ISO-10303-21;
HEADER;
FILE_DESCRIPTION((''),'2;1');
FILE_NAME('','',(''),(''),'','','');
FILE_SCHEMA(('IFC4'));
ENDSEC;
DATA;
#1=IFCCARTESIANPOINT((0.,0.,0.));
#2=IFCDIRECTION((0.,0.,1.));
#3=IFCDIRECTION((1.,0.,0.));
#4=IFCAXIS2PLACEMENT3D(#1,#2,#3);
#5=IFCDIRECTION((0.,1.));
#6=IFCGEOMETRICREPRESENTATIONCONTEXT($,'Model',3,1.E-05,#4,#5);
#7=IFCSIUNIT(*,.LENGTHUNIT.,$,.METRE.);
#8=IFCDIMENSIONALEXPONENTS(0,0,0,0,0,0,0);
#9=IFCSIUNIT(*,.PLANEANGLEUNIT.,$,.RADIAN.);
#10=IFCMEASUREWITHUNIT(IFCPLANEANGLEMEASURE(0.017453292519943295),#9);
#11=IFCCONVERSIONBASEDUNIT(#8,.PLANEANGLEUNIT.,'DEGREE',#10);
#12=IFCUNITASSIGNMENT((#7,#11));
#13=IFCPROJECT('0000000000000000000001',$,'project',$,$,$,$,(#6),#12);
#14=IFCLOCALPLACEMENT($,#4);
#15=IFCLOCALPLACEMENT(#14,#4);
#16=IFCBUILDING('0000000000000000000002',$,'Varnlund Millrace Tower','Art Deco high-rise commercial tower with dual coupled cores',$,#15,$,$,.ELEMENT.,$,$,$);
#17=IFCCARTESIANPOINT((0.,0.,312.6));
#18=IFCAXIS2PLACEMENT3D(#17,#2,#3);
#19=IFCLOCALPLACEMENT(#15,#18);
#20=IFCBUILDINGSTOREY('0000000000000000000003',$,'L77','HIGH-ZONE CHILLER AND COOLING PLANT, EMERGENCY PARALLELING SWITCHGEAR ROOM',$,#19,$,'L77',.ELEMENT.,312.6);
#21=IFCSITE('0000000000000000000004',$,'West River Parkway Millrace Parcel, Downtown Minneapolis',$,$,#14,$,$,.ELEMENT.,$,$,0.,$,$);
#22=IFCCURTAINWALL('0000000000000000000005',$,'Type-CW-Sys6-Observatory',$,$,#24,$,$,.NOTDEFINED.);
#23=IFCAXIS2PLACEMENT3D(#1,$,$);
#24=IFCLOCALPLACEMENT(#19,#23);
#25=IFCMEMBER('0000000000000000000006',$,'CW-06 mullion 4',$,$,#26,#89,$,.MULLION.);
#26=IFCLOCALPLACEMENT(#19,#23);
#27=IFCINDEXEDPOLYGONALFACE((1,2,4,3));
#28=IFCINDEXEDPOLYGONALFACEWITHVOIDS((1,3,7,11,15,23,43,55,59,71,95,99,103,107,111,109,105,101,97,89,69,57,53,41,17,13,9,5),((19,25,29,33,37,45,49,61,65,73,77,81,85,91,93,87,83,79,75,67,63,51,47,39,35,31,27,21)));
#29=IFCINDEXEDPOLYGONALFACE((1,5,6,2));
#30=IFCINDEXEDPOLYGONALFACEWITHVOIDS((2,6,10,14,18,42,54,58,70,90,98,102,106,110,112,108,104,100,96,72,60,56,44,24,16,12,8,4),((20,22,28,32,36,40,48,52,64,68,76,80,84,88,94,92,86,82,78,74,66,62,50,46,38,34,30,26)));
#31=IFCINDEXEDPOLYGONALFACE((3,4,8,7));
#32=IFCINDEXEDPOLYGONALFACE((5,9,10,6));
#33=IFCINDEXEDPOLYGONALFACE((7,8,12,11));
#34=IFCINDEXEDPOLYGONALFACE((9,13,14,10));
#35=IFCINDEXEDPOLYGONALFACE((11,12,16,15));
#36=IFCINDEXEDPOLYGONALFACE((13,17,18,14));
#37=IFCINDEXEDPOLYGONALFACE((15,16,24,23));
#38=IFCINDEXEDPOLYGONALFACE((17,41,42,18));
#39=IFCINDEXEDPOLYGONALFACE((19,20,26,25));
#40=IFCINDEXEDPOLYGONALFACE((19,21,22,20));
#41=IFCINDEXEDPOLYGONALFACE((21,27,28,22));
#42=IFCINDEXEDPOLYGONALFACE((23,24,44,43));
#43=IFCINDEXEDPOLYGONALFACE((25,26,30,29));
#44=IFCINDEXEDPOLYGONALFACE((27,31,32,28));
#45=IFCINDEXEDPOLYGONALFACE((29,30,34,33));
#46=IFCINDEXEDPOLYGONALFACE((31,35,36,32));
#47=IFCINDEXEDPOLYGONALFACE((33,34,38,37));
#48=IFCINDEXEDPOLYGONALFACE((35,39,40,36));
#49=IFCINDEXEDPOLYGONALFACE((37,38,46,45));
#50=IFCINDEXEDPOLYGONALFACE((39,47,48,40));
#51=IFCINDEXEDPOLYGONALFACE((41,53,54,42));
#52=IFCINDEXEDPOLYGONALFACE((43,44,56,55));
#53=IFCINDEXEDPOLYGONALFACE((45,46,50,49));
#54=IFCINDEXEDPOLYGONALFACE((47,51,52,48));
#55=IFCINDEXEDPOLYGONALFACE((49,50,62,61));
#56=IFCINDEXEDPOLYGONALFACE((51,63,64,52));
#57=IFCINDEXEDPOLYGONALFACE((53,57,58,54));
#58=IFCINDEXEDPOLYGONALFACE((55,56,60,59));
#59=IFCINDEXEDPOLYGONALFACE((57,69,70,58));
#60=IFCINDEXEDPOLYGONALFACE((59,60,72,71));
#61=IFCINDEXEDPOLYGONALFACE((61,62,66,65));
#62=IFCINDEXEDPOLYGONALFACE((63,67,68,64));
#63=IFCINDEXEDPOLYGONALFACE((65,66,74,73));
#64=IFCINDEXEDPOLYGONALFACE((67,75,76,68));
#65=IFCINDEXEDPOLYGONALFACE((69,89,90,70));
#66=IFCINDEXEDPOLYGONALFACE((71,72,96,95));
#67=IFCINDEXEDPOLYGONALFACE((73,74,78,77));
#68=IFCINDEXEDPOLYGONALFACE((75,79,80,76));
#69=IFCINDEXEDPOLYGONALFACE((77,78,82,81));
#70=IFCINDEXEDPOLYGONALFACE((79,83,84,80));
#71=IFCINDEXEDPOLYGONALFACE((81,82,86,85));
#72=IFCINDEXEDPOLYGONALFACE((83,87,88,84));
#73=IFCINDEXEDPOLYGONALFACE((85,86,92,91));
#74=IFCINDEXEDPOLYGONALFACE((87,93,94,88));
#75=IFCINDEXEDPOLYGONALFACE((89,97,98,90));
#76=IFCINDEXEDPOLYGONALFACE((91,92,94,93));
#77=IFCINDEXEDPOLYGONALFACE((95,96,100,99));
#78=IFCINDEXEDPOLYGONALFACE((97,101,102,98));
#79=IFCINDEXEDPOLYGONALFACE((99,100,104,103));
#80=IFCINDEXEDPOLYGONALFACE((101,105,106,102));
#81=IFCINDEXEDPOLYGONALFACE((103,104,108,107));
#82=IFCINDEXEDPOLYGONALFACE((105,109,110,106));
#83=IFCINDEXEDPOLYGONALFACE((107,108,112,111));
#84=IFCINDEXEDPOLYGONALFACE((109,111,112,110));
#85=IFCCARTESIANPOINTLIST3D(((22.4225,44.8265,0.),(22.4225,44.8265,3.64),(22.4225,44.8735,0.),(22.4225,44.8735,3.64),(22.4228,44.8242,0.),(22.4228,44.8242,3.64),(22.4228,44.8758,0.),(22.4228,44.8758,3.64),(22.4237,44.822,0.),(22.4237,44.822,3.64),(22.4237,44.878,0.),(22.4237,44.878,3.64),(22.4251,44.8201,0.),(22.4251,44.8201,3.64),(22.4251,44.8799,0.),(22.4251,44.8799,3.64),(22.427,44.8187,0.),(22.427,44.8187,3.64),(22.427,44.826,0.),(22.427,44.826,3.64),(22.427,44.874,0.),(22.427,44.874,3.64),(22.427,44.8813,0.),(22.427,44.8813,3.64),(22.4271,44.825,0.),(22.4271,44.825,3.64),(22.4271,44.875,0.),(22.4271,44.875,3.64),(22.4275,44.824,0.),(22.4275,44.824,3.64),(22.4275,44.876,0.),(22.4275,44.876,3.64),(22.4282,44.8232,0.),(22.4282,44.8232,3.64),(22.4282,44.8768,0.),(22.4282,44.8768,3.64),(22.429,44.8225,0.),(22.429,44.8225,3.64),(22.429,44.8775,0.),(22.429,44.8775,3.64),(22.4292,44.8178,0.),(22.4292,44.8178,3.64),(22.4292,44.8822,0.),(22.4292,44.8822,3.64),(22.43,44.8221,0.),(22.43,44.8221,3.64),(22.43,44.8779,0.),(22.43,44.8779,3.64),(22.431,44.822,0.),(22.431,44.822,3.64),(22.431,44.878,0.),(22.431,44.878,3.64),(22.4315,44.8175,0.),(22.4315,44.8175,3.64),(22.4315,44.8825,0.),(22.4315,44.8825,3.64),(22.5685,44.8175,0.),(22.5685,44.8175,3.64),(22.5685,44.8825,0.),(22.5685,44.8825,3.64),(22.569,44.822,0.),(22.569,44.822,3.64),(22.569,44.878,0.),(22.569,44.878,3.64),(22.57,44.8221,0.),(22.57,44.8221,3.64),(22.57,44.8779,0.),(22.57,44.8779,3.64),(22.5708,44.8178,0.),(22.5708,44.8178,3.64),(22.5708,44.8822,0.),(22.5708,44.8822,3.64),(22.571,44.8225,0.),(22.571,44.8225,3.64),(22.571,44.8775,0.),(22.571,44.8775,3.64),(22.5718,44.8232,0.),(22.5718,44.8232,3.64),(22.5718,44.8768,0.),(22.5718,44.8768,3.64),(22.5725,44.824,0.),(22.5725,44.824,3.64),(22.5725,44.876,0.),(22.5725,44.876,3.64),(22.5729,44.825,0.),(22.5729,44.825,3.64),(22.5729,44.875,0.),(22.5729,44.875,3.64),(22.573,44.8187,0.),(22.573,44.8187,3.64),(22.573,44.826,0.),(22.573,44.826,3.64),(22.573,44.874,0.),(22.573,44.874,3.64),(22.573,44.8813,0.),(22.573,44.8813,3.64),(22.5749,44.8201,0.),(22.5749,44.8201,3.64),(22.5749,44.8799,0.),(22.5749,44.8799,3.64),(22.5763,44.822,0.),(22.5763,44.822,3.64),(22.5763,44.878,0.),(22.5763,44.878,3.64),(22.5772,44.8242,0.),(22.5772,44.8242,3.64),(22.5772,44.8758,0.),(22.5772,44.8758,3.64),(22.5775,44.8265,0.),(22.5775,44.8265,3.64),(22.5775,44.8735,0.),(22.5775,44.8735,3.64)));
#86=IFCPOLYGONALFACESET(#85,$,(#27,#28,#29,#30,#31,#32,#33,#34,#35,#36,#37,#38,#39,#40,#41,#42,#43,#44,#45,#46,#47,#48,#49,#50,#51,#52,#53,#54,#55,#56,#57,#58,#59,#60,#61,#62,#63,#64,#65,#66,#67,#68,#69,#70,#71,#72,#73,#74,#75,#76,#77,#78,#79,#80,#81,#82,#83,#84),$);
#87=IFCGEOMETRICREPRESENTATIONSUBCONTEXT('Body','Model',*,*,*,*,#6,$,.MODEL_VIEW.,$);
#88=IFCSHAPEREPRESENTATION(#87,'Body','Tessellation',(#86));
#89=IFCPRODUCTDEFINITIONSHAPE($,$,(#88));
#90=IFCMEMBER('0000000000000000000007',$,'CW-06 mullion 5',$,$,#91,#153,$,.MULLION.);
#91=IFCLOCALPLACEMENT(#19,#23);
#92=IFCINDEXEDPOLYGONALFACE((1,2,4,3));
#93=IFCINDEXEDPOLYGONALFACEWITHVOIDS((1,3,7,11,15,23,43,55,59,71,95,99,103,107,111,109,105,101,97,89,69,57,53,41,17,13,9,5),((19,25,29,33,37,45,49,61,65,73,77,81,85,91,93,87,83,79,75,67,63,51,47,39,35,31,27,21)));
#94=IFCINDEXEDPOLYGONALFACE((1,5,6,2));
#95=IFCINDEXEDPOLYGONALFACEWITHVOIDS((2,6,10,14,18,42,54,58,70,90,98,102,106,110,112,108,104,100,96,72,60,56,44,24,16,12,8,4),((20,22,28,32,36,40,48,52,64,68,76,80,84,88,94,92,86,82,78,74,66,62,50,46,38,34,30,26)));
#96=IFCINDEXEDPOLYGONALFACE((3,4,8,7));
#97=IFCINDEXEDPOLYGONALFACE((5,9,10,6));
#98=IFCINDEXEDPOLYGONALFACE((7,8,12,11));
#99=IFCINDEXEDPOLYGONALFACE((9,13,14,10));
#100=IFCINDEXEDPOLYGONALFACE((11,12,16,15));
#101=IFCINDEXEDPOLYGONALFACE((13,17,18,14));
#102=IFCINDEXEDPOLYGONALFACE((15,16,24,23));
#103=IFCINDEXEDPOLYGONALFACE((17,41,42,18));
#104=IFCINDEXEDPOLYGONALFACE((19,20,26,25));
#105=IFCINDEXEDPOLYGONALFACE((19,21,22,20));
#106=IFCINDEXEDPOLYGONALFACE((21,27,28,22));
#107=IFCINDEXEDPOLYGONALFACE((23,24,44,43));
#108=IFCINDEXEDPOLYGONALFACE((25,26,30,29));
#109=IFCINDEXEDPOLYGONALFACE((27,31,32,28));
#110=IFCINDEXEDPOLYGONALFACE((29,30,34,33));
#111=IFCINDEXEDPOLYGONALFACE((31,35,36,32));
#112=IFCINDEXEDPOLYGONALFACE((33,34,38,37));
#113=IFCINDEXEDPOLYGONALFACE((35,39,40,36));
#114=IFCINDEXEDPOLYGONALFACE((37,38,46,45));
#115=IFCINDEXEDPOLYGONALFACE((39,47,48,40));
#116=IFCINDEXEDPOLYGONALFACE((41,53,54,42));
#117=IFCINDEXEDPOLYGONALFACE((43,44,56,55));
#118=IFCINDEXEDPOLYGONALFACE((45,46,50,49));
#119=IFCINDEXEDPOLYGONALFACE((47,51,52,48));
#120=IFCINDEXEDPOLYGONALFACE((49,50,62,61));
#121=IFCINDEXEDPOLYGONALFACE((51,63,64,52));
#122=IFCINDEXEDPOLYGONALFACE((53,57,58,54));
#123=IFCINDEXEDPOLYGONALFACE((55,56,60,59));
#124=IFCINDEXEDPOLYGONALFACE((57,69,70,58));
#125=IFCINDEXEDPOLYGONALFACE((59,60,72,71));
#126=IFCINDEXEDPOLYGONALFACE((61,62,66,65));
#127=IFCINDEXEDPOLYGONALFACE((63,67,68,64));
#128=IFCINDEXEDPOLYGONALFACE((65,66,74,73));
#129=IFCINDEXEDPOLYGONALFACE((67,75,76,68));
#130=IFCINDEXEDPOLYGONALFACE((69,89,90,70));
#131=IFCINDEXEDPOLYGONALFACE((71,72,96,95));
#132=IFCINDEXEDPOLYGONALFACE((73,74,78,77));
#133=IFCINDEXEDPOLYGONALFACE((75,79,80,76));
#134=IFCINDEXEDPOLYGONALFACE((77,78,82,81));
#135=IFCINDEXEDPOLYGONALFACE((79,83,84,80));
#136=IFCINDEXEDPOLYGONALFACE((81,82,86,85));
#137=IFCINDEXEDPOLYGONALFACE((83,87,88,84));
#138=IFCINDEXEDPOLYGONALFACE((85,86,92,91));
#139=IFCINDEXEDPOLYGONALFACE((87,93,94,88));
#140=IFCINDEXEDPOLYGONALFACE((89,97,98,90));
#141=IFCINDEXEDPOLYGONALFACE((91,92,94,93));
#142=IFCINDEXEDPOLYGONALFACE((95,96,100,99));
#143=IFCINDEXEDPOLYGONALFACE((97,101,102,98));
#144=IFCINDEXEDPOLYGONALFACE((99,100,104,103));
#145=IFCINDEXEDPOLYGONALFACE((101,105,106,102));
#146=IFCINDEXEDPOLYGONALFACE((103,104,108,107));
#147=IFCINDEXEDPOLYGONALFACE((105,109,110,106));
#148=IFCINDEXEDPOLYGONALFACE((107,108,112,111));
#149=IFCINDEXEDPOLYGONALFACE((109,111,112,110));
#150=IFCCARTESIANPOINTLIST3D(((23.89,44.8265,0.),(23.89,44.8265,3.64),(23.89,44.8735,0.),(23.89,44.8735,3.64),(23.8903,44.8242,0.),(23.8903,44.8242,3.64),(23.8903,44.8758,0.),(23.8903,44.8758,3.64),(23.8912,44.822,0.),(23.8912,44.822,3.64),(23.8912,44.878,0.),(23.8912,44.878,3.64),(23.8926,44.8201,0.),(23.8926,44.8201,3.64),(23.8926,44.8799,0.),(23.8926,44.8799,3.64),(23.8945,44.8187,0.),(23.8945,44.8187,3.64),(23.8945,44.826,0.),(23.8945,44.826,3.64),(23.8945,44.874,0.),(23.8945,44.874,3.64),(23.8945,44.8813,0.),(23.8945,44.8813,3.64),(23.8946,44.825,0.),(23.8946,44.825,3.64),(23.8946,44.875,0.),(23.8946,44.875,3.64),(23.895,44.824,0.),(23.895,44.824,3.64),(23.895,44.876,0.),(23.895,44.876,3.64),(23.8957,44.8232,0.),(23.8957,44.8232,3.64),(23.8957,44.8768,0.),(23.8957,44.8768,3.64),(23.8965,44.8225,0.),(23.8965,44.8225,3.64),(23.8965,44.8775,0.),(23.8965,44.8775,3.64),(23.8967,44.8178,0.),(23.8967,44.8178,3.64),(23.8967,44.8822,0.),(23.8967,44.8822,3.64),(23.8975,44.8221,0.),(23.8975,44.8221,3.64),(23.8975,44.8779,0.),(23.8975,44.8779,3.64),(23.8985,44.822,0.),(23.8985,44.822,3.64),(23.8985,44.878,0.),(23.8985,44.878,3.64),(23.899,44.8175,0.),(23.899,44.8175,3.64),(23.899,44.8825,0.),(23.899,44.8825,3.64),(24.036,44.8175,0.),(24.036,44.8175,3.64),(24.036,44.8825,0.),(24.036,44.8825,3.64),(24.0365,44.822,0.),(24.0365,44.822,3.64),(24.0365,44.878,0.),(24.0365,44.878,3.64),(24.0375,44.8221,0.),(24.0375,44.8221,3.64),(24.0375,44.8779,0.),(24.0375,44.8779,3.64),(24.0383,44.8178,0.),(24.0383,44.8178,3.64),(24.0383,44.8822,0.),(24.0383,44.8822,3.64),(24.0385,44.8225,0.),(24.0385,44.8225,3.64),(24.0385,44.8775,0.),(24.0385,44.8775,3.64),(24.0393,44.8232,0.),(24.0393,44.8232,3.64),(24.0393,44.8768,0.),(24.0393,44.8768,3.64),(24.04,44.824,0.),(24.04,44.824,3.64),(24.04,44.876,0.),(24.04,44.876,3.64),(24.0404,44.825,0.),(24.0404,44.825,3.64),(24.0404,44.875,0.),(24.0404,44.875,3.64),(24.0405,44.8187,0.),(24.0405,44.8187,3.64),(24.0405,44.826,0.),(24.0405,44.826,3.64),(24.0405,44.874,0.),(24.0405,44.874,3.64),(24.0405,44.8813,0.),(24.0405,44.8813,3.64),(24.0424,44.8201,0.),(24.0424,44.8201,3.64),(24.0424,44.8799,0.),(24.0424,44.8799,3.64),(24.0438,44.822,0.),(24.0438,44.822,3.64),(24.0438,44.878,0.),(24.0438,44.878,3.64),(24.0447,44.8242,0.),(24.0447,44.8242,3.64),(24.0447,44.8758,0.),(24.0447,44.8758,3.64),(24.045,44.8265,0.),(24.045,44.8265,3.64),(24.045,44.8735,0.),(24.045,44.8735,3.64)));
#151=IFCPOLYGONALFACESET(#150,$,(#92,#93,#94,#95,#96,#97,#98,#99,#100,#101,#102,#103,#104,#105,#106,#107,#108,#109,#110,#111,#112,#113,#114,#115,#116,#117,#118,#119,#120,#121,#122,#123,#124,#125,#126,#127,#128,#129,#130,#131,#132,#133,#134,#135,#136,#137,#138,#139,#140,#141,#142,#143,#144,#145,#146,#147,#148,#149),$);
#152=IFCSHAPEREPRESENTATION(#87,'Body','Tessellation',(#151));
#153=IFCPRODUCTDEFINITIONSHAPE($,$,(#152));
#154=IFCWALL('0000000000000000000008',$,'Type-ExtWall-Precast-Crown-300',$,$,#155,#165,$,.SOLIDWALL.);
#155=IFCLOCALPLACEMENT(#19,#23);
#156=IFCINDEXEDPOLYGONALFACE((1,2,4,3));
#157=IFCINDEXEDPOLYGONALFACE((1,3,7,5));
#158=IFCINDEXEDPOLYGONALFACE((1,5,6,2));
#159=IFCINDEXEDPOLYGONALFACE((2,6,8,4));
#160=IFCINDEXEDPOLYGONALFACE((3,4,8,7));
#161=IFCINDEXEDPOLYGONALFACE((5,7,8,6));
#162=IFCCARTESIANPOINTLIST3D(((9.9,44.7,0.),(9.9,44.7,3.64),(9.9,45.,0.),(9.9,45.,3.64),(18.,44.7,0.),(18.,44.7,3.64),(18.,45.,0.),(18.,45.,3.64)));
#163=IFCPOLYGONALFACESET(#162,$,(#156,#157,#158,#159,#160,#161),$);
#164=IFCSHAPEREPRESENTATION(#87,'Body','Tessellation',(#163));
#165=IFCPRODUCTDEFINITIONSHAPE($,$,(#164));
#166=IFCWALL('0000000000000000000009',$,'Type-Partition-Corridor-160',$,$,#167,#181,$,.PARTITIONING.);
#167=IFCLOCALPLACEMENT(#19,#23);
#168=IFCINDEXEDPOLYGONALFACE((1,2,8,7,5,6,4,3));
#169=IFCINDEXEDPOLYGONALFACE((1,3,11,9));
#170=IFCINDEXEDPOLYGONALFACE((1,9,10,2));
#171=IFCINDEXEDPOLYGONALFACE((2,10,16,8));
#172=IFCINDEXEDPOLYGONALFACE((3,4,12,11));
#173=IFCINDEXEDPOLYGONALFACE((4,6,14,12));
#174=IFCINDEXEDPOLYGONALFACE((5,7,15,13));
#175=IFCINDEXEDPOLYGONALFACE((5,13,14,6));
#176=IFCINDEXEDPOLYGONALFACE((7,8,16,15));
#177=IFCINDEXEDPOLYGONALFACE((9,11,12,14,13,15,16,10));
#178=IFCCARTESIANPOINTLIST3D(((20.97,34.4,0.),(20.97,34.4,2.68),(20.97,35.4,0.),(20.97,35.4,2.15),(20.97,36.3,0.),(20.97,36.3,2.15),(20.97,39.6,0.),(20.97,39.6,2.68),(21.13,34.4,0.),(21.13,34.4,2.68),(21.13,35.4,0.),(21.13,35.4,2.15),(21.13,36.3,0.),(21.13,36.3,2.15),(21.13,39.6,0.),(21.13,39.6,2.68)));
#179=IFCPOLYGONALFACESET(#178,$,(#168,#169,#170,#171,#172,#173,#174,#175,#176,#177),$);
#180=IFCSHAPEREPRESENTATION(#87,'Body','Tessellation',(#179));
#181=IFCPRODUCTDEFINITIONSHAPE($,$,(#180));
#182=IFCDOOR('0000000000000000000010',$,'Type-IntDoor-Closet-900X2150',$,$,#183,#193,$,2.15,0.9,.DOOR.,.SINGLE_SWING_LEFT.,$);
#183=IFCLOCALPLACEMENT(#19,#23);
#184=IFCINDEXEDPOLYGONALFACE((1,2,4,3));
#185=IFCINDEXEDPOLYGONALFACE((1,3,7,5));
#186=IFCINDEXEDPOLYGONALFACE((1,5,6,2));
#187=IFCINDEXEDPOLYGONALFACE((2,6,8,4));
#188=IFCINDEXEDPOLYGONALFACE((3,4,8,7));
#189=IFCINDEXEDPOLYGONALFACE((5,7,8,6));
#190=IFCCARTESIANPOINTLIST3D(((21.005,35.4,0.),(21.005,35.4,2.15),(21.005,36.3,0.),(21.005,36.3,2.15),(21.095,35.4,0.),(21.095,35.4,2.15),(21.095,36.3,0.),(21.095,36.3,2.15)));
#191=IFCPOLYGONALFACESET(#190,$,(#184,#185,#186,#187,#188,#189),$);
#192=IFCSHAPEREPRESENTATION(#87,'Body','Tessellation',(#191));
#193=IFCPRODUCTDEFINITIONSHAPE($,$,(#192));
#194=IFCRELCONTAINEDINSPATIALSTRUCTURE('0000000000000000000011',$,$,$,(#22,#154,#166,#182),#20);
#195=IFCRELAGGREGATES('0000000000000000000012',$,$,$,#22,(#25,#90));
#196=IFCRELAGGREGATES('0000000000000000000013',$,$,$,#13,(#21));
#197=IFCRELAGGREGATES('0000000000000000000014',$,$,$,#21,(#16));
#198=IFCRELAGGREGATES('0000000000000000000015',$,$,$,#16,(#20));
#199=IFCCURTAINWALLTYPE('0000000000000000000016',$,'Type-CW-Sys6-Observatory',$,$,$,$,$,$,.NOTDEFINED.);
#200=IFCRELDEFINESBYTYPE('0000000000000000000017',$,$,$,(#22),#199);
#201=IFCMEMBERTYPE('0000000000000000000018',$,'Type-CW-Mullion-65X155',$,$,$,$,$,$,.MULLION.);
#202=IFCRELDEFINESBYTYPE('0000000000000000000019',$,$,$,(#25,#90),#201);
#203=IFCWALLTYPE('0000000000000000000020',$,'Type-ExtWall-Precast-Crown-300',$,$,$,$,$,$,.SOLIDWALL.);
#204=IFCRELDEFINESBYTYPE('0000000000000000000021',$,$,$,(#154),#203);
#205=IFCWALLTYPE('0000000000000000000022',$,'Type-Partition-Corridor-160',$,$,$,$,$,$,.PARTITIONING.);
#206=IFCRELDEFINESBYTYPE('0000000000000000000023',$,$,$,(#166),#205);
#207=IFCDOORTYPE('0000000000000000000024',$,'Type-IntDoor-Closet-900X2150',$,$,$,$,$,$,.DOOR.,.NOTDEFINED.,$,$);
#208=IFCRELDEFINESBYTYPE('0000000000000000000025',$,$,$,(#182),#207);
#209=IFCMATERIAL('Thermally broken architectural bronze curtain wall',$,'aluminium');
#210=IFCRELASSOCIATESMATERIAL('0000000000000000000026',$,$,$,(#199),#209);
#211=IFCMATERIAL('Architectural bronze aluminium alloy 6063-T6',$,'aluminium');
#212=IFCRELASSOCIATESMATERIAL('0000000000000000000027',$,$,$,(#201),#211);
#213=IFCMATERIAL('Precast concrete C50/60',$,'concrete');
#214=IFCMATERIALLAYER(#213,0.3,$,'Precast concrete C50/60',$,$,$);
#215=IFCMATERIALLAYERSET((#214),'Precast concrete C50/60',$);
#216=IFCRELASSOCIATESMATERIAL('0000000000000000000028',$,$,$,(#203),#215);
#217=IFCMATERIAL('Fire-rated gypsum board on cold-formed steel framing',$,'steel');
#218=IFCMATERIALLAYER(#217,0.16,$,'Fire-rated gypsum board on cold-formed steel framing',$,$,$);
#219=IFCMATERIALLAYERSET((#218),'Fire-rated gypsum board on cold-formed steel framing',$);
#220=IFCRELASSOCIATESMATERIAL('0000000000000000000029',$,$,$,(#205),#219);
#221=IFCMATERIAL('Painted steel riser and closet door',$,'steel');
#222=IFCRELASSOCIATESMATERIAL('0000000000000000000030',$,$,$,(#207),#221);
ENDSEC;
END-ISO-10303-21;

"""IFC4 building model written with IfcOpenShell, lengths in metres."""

from ifc_helpers import new_model, entity, si_unit, converted_unit, direction, frame, origin_with_axes, origin_2d_with_axis, place, context, subcontext, project, spatial, polyline, rectangle, hollow_rectangle, outline, extrude, material, layer, layer_set, material_profile, profile_set, type_object, element, fill, aggregate, save


model = new_model("IFC4")

# Units and contexts
model_context = context("Model", 3, precision=1e-05, world=origin_with_axes(), true_north=direction((0.0, 1.0)))
body_context = subcontext(model_context, "Body", "Model", "MODEL_VIEW")
ifc_project = project(units=[si_unit("LENGTHUNIT", "METRE"), converted_unit("PLANEANGLEUNIT", "DEGREE", entity("IfcPlaneAngleMeasure", 0.017453292519943295), si_unit("PLANEANGLEUNIT", "RADIAN"), dimensions=[0, 0, 0, 0, 0, 0, 0])], contexts=[model_context])

# Site, building, storey
site_placement = place(None, origin_with_axes())
site = spatial("IfcSite", under=ifc_project, at=site_placement, Name="West River Parkway Millrace Parcel, Downtown Minneapolis", CompositionType="ELEMENT", RefElevation=0.0)
building_placement = place(site_placement, origin_with_axes())
building = spatial("IfcBuilding", under=site, at=building_placement, Name="Varnlund Millrace Tower", Description="Art Deco high-rise commercial tower with dual coupled cores", CompositionType="ELEMENT")
storey_placement = place(building_placement, frame((0.0, 0.0, 312.6), z_axis=(0.0, 0.0, 1.0), x_axis=(1.0, 0.0, 0.0)))
storey = spatial("IfcBuildingStorey", under=building, at=storey_placement, Name="L77", Description="HIGH-ZONE CHILLER AND COOLING PLANT, EMERGENCY PARALLELING SWITCHGEAR ROOM", LongName="L77", CompositionType="ELEMENT", Elevation=312.6)

# Curtain wall, members
ifc_material_1 = material(Name="Thermally broken architectural bronze curtain wall", Category="aluminium")
curtain_wall_type = type_object("IfcCurtainWallType", Name="Type-CW-Sys6-Observatory", PredefinedType="NOTDEFINED", material=ifc_material_1)
ifc_material_2 = material(Name="Architectural bronze aluminium alloy 6063-T6", Category="aluminium")
ifc_material_profile_1 = material_profile(ifc_material_2, hollow_rectangle(XDim=0.065, YDim=0.155, WallThickness=0.0045, InnerFilletRadius=0.004, OuterFilletRadius=0.009, at=origin_2d_with_axis()), Name="Architectural bronze aluminium alloy 6063-T6")
ifc_profile_set_1 = profile_set([ifc_material_profile_1], Name="Architectural bronze aluminium alloy 6063-T6")
member_type = type_object("IfcMemberType", Name="Type-CW-Mullion-65X155", PredefinedType="MULLION", material=ifc_profile_set_1)
curtain_wall_1_placement = place(storey_placement, frame((18.0, 44.85, 0.0), z_axis=(0.0, 0.0, 1.0), x_axis=(1.0, 0.0, 0.0)))
curtain_wall_1 = element("IfcCurtainWall", 1, at=curtain_wall_1_placement, inside=storey, type_object=curtain_wall_type, Name="Type-CW-Sys6-Observatory", PredefinedType="NOTDEFINED")
member_1_placement = place(storey_placement, frame((22.5, 44.85, 0.0), z_axis=(0.0, 0.0, 1.0), x_axis=(0.0, 1.0, 0.0)))
member_1 = element("IfcMember", 2, at=member_1_placement, type_object=member_type, Name="CW-06 mullion 4", PredefinedType="MULLION", context=body_context, shape_type="SweptSolid", body=[
    extrude(hollow_rectangle(XDim=0.065, YDim=0.155, WallThickness=0.0045, InnerFilletRadius=0.004, OuterFilletRadius=0.009, at=origin_2d_with_axis()), origin_with_axes(), (0.0, 0.0, 1.0), 3.64),
])
member_2_placement = place(storey_placement, frame((23.9675, 44.85, 0.0), z_axis=(0.0, 0.0, 1.0), x_axis=(0.0, 1.0, 0.0)))
member_2 = element("IfcMember", 3, at=member_2_placement, type_object=member_type, Name="CW-06 mullion 5", PredefinedType="MULLION", context=body_context, shape_type="SweptSolid", body=[
    extrude(hollow_rectangle(XDim=0.065, YDim=0.155, WallThickness=0.0045, InnerFilletRadius=0.004, OuterFilletRadius=0.009, at=origin_2d_with_axis()), origin_with_axes(), (0.0, 0.0, 1.0), 3.64),
])
aggregate(curtain_wall_1, [member_1, member_2])

# Wall
ifc_material_3 = material(Name="Precast concrete C50/60", Category="concrete")
ifc_layer_1 = layer(ifc_material_3, 0.3, Name="Precast concrete C50/60")
ifc_layer_set_1 = layer_set([ifc_layer_1], Name="Precast concrete C50/60")
wall_type_1 = type_object("IfcWallType", Name="Type-ExtWall-Precast-Crown-300", PredefinedType="SOLIDWALL", material=ifc_layer_set_1)
wall_1_placement = place(storey_placement, frame((9.9, 44.85, 0.0), z_axis=(0.0, 0.0, 1.0), x_axis=(1.0, 0.0, 0.0)))
element("IfcWall", 4, at=wall_1_placement, inside=storey, type_object=wall_type_1, Name="Type-ExtWall-Precast-Crown-300", PredefinedType="SOLIDWALL", context=body_context, shape_type="SweptSolid", body=[
    extrude(outline(polyline([(0.0, -0.15), (8.1, -0.15), (8.1, 0.15), (0.0, 0.15), (0.0, -0.15)])), origin_with_axes(), (0.0, 0.0, 1.0), 3.64),
])

# Wall, opening, door
ifc_material_4 = material(Name="Fire-rated gypsum board on cold-formed steel framing", Category="steel")
ifc_layer_2 = layer(ifc_material_4, 0.16, Name="Fire-rated gypsum board on cold-formed steel framing")
ifc_layer_set_2 = layer_set([ifc_layer_2], Name="Fire-rated gypsum board on cold-formed steel framing")
wall_type_2 = type_object("IfcWallType", Name="Type-Partition-Corridor-160", PredefinedType="PARTITIONING", material=ifc_layer_set_2)
wall_2_placement = place(storey_placement, frame((21.05, 34.4, 0.0), z_axis=(0.0, 0.0, 1.0), x_axis=(0.0, 1.0, 0.0)))
wall_2 = element("IfcWall", 5, at=wall_2_placement, inside=storey, type_object=wall_type_2, Name="Type-Partition-Corridor-160", PredefinedType="PARTITIONING", context=body_context, shape_type="SweptSolid", body=[
    extrude(outline(polyline([(0.0, -0.08), (5.2, -0.08), (5.2, 0.08), (0.0, 0.08), (0.0, -0.08)])), origin_with_axes(), (0.0, 0.0, 1.0), 2.68),
])
opening_1_placement = place(wall_2_placement, frame((1.45, 0.0, 0.0), z_axis=(0.0, 0.0, 1.0), x_axis=(1.0, 0.0, 0.0)))
opening_1 = element("IfcOpeningElement", 6, at=opening_1_placement, cuts=wall_2, PredefinedType="OPENING", context=body_context, shape_type="SweptSolid", body=[
    extrude(rectangle(XDim=0.9, YDim=0.18, at=origin_2d_with_axis()), origin_with_axes(), (0.0, 0.0, 1.0), 2.15),
])
ifc_material_5 = material(Name="Painted steel riser and closet door", Category="steel")
door_type_1 = type_object("IfcDoorType", Name="Type-IntDoor-Closet-900X2150", OperationType="NOTDEFINED", PredefinedType="DOOR", material=ifc_material_5)
door_1_placement = place(wall_2_placement, frame((1.45, 0.0, 0.0), z_axis=(0.0, 0.0, 1.0), x_axis=(1.0, 0.0, 0.0)))
door_1 = element("IfcDoor", 7, at=door_1_placement, inside=storey, type_object=door_type_1, Name="Type-IntDoor-Closet-900X2150", OperationType="SINGLE_SWING_LEFT", OverallHeight=2.15, OverallWidth=0.9, PredefinedType="DOOR", context=body_context, shape_type="SweptSolid", body=[
    extrude(rectangle(XDim=0.9, YDim=0.09, at=origin_2d_with_axis()), origin_with_axes(), (0.0, 0.0, 1.0), 2.15),
])
fill(opening_1, door_1)

save(model, "model.ifc")
